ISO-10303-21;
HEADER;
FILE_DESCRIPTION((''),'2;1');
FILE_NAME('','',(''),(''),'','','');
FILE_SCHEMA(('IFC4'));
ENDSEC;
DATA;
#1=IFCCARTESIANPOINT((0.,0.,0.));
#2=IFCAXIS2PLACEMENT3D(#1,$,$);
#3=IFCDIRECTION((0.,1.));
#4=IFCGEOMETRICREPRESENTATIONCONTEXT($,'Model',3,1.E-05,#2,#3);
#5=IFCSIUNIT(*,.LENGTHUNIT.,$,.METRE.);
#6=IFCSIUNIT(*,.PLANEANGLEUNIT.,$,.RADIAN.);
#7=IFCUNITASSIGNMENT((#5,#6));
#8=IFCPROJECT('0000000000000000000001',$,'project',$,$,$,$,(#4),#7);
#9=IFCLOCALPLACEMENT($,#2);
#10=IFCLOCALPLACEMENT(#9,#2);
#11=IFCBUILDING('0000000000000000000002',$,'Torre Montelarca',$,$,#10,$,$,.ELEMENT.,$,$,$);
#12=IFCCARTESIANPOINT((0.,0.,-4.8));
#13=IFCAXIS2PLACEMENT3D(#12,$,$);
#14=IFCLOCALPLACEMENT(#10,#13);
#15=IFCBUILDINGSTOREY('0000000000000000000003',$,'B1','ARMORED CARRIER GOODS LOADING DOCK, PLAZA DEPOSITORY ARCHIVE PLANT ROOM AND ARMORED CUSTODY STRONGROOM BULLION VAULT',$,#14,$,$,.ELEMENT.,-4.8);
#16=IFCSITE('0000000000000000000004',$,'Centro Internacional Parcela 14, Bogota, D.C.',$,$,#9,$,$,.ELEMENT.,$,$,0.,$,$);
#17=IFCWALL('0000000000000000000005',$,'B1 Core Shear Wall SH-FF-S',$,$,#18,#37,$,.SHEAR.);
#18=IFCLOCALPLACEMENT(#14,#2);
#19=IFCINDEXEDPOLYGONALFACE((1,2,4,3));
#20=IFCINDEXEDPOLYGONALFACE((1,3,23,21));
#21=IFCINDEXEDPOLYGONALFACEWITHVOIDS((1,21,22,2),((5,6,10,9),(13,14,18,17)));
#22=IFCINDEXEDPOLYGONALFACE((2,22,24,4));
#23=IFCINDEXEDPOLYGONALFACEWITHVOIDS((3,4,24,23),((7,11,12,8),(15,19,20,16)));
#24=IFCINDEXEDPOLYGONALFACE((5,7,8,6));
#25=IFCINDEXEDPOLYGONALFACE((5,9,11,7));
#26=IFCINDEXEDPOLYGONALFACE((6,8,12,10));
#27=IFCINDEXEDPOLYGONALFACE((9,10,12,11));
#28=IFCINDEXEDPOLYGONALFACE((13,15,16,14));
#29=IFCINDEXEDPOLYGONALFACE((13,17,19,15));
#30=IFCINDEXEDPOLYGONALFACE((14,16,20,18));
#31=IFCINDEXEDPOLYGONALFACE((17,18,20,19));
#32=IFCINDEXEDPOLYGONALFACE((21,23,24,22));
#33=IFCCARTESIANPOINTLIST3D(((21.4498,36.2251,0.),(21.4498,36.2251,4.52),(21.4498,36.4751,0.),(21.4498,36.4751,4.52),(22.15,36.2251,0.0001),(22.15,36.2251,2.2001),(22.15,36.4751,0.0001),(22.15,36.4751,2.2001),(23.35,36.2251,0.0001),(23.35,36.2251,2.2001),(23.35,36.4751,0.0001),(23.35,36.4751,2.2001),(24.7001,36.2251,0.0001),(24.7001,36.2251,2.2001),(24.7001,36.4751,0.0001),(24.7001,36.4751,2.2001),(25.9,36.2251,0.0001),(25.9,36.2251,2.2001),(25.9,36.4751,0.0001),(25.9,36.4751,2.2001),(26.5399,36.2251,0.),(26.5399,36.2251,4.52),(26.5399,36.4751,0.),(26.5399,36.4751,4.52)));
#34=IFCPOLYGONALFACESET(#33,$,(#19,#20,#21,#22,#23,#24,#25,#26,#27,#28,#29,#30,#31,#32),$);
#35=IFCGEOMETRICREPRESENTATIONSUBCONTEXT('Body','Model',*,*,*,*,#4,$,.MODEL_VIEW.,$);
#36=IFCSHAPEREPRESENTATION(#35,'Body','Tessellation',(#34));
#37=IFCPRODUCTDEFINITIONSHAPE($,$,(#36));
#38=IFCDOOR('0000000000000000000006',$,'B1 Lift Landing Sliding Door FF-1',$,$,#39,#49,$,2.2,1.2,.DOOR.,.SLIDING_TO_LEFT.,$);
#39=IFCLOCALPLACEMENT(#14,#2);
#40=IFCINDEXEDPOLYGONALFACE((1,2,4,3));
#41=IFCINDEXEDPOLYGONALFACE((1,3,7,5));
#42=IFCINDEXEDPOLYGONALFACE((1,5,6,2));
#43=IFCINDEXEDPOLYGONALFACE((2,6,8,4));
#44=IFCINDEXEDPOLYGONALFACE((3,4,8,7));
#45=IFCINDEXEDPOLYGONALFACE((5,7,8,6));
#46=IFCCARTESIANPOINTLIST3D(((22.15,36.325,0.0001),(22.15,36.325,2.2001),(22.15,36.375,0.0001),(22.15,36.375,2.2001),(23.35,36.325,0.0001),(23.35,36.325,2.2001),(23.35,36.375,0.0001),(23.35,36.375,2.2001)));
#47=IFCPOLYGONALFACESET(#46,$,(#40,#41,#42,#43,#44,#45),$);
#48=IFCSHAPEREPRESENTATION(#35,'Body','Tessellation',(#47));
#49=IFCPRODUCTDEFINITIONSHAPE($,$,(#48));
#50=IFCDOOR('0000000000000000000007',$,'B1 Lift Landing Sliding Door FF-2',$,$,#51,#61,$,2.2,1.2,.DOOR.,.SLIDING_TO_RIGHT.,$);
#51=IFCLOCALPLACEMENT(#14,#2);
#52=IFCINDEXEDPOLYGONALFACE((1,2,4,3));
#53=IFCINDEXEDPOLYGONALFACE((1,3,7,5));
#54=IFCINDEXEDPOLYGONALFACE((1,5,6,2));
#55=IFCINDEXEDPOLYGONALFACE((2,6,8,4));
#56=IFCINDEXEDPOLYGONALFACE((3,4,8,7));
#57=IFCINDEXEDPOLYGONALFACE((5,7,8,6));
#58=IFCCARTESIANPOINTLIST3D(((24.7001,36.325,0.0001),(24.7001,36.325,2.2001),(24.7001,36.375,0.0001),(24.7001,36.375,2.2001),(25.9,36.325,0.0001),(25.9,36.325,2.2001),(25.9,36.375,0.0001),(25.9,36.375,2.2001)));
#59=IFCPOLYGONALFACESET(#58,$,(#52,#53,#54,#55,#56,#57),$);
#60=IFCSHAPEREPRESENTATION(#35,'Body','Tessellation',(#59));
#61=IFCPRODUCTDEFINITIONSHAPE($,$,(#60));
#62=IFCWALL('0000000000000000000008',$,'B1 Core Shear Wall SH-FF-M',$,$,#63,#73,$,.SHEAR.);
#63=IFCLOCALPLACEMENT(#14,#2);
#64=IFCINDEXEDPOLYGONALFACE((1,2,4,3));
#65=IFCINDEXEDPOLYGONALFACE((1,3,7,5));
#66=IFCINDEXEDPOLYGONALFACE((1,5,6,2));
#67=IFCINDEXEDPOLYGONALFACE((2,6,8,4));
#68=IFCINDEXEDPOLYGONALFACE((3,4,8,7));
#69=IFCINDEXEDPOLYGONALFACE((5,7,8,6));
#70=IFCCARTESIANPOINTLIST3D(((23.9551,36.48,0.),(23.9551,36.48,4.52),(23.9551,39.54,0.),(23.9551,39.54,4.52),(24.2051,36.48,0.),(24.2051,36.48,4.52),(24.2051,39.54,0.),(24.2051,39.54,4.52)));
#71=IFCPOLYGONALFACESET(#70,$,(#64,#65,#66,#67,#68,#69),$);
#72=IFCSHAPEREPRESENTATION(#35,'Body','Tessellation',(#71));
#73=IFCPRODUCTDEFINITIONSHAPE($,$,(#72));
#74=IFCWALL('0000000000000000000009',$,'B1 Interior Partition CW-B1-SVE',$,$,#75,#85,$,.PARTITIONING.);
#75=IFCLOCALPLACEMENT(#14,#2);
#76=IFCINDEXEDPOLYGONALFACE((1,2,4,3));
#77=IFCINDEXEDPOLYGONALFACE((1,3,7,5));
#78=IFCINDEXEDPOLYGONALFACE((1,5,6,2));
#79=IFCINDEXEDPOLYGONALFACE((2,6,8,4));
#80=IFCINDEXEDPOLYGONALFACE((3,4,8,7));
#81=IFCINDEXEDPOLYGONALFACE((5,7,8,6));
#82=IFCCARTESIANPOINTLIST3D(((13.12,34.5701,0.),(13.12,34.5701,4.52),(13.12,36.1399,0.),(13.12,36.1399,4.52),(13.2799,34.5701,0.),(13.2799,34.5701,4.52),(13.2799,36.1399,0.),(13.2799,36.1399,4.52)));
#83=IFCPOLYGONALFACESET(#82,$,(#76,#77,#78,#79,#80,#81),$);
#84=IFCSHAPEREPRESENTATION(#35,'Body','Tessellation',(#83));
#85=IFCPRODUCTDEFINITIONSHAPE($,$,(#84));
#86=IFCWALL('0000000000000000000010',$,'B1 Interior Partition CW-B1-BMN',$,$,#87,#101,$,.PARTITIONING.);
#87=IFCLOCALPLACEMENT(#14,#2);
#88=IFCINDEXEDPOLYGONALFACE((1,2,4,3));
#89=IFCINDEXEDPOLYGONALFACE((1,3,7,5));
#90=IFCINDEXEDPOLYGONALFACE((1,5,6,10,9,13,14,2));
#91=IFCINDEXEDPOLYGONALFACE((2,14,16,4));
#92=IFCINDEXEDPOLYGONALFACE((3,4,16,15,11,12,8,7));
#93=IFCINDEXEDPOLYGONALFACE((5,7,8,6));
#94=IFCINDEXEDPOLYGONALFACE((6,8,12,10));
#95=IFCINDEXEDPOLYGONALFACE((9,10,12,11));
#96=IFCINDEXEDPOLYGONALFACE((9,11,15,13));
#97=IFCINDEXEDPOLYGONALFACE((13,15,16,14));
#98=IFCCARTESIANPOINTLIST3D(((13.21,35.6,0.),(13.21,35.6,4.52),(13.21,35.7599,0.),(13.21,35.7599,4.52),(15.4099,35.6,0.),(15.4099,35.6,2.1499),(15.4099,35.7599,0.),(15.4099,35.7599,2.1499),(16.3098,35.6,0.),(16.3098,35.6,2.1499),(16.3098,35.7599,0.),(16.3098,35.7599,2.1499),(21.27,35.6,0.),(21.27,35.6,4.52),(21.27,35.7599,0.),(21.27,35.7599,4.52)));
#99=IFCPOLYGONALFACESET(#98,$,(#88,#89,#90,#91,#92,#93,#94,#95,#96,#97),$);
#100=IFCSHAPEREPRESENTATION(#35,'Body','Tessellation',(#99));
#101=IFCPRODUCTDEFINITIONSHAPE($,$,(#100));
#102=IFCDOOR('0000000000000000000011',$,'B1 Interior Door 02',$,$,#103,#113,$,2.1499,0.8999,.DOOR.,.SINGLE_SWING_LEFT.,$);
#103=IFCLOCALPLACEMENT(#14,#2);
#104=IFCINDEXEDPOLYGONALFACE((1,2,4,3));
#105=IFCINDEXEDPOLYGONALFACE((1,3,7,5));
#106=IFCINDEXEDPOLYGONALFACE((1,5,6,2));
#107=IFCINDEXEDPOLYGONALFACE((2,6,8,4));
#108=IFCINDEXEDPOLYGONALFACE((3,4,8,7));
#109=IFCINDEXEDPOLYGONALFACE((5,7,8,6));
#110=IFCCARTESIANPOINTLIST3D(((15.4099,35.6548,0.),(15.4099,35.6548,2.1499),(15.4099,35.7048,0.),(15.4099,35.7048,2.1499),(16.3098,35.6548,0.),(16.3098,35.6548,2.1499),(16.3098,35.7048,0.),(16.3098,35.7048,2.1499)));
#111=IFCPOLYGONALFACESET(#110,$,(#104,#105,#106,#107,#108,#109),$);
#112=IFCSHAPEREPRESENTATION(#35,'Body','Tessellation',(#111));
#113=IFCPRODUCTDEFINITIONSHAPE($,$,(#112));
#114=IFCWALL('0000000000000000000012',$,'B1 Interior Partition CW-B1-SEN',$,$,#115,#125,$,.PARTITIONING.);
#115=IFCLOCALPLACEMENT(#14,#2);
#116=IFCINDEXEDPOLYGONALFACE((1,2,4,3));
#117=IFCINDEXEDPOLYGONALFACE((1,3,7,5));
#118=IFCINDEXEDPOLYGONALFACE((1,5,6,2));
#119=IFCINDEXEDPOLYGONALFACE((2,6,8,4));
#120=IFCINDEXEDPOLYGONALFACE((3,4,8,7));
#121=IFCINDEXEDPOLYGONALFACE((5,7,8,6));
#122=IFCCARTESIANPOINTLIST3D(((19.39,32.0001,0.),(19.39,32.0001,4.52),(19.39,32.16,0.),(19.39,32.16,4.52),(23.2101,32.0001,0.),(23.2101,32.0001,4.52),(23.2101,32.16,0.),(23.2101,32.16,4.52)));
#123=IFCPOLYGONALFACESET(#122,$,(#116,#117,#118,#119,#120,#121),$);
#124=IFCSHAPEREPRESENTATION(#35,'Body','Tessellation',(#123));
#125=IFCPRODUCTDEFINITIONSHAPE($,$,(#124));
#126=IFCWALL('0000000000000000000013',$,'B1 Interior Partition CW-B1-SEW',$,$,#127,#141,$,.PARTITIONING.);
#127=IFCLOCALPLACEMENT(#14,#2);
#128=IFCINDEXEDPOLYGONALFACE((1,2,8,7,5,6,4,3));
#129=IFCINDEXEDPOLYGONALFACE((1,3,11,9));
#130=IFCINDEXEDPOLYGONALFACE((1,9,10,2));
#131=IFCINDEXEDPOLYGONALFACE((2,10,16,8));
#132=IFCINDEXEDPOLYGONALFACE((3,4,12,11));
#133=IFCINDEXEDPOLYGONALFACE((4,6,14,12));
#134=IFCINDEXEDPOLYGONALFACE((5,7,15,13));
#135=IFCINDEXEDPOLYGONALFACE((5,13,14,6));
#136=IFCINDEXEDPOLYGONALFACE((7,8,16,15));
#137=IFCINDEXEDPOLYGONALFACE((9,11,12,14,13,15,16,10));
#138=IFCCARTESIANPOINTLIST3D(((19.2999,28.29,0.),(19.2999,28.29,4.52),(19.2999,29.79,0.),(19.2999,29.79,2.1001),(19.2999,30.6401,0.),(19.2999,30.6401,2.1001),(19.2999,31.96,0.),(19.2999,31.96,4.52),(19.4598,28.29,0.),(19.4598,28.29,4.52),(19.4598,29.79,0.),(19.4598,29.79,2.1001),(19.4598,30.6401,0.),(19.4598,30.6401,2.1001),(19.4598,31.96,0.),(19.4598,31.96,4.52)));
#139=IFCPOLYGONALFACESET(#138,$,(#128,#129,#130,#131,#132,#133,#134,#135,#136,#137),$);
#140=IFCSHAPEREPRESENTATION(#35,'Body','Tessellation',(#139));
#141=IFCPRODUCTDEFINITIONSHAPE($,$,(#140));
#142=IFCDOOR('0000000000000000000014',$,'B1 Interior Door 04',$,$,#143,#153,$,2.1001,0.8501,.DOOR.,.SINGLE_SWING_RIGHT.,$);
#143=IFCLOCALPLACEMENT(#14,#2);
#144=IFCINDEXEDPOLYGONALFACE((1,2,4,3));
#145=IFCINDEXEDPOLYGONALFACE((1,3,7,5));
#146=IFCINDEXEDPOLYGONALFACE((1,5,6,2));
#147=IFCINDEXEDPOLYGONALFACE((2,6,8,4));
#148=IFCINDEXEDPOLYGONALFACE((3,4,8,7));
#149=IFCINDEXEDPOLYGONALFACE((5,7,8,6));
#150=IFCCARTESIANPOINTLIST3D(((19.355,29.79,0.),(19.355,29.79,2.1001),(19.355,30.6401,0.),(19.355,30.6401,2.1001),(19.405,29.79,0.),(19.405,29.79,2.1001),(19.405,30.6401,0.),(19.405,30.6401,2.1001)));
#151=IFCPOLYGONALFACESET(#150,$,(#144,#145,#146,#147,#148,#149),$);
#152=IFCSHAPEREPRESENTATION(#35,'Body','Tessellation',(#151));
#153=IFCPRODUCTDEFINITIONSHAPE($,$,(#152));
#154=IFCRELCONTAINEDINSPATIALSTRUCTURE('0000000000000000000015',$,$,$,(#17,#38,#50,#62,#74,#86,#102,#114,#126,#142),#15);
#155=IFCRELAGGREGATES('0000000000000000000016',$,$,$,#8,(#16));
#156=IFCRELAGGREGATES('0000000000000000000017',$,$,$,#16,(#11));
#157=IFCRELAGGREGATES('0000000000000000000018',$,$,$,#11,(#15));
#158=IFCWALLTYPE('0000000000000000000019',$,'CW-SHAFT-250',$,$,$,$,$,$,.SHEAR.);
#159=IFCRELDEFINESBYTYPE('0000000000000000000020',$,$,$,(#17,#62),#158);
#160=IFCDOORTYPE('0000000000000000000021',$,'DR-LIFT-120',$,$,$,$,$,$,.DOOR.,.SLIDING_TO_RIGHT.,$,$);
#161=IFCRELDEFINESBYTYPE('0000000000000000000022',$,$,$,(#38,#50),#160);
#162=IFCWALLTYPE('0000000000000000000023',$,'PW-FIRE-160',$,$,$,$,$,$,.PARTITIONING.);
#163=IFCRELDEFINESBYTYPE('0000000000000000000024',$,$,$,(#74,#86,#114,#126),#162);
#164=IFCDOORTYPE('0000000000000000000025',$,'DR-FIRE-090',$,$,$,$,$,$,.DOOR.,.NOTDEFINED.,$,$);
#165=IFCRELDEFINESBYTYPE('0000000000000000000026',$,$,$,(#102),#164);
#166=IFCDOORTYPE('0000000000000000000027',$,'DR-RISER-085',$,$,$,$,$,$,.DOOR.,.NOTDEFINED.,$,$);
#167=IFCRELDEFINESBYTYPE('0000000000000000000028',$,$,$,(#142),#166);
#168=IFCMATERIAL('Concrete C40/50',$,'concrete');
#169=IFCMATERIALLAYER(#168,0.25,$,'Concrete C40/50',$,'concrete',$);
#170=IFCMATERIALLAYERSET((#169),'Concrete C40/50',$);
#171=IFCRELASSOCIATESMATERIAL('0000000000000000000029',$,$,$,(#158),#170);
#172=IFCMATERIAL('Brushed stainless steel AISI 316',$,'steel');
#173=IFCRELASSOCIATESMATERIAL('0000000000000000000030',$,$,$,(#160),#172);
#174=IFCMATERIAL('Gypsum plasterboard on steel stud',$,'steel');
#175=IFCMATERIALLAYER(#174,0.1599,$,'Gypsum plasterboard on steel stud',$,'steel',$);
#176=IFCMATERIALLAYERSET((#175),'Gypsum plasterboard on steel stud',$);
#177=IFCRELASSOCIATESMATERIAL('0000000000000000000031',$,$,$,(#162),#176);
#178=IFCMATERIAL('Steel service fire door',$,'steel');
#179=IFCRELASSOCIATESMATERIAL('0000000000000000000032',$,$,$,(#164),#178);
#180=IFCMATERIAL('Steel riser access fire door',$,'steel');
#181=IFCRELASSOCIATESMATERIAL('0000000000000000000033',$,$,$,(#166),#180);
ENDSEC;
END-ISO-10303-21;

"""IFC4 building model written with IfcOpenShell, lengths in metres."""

from ifc_helpers import new_model, si_unit, direction, frame, frame_2d, origin, place, context, subcontext, project, spatial, rectangle, extrude, source, transform, mapped, material, layer, layer_set, type_object, element, fill, save


model = new_model("IFC4")

# Units and contexts
model_context = context("Model", 3, precision=1e-05, world=origin(), true_north=direction((0.0, 1.0)))
body_context = subcontext(model_context, "Body", "Model", "MODEL_VIEW")
ifc_project = project(units=[si_unit("LENGTHUNIT", "METRE"), si_unit("PLANEANGLEUNIT", "RADIAN")], contexts=[model_context])

# Site, building, storey
site_placement = place(None, origin())
site = spatial("IfcSite", under=ifc_project, at=site_placement, Name="Centro Internacional Parcela 14, Bogota, D.C.", CompositionType="ELEMENT", RefElevation=0.0)
building_placement = place(site_placement, origin())
building = spatial("IfcBuilding", under=site, at=building_placement, Name="Torre Montelarca", CompositionType="ELEMENT")
storey_placement = place(building_placement, frame((0.0, 0.0, -4.8)))
storey = spatial("IfcBuildingStorey", under=building, at=storey_placement, Name="B1", Description="ARMORED CARRIER GOODS LOADING DOCK, PLAZA DEPOSITORY ARCHIVE PLANT ROOM AND ARMORED CUSTODY STRONGROOM BULLION VAULT", CompositionType="ELEMENT", Elevation=-4.8)

# Shared definitions
ifc_material_1 = material(Name="Concrete C40/50", Category="concrete")
ifc_layer_1 = layer(ifc_material_1, 0.25, Name="Concrete C40/50", Category="concrete")
ifc_layer_set_1 = layer_set([ifc_layer_1], Name="Concrete C40/50")
wall_type_1 = type_object("IfcWallType", Name="CW-SHAFT-250", PredefinedType="SHEAR", material=ifc_layer_set_1)

# Wall, openings, doors
wall_1_placement = place(storey_placement, frame((21.45, 36.3501, 0.0), z_axis=(0.0, 0.0, 1.0), x_axis=(1.0, 0.0, 0.0)))
wall_1 = element("IfcWall", 1, at=wall_1_placement, inside=storey, type_object=wall_type_1, Name="B1 Core Shear Wall SH-FF-S", PredefinedType="SHEAR", context=body_context, shape_type="SweptSolid", body=[
    extrude(rectangle(XDim=5.0901, YDim=0.25, at=frame_2d((2.5449, 0.0))), origin(), (0.0, 0.0, 1.0), 4.52),
])
opening_1_placement = place(wall_1_placement, frame((0.7, 0.0, 0.0)))
opening_1 = element("IfcOpeningElement", 2, at=opening_1_placement, cuts=wall_1, PredefinedType="OPENING", context=body_context, shape_type="SweptSolid", body=[
    extrude(rectangle(XDim=1.2, YDim=2.2, at=frame_2d((0.6001, 1.1001))), frame((0.0, 0.135, 0.0), z_axis=(0.0, -1.0, 0.0), x_axis=(1.0, 0.0, 0.0)), (0.0, 0.0, 1.0), 0.27),
])
opening_2_placement = place(wall_1_placement, frame((3.25, 0.0, 0.0)))
opening_2 = element("IfcOpeningElement", 3, at=opening_2_placement, cuts=wall_1, PredefinedType="OPENING", context=body_context, shape_type="SweptSolid", body=[
    extrude(rectangle(XDim=1.2, YDim=2.2, at=frame_2d((0.6001, 1.1001))), frame((0.0, 0.135, 0.0), z_axis=(0.0, -1.0, 0.0), x_axis=(1.0, 0.0, 0.0)), (0.0, 0.0, 1.0), 0.27),
])
ifc_material_2 = material(Name="Brushed stainless steel AISI 316", Category="steel")
door_type_1 = type_object("IfcDoorType", Name="DR-LIFT-120", OperationType="SLIDING_TO_RIGHT", PredefinedType="DOOR", material=ifc_material_2)
shared_shape_1 = source(origin(), body_context, "Body", "SweptSolid", [
    extrude(rectangle(XDim=1.2, YDim=2.2, at=frame_2d((0.6001, 1.1001))), frame((0.0, 0.0249, 0.0), z_axis=(0.0, -1.0, 0.0), x_axis=(1.0, 0.0, 0.0)), (0.0, 0.0, 1.0), 0.05),
])
door_1_placement = place(opening_1_placement, origin())
door_1 = element("IfcDoor", 4, at=door_1_placement, inside=storey, type_object=door_type_1, Name="B1 Lift Landing Sliding Door FF-1", OperationType="SLIDING_TO_LEFT", OverallHeight=2.2, OverallWidth=1.2, PredefinedType="DOOR", context=body_context, shape_type="MappedRepresentation", body=[
    mapped(shared_shape_1, transform((0.0, 0.0, 0.0), scale=1.0)),
])
fill(opening_1, door_1)
door_2_placement = place(opening_2_placement, origin())
door_2 = element("IfcDoor", 5, at=door_2_placement, inside=storey, type_object=door_type_1, Name="B1 Lift Landing Sliding Door FF-2", OperationType="SLIDING_TO_RIGHT", OverallHeight=2.2, OverallWidth=1.2, PredefinedType="DOOR", context=body_context, shape_type="MappedRepresentation", body=[
    mapped(shared_shape_1, transform((0.0, 0.0, 0.0), scale=1.0)),
])
fill(opening_2, door_2)

# Walls
wall_2_placement = place(storey_placement, frame((24.0801, 36.48, 0.0), z_axis=(0.0, 0.0, 1.0), x_axis=(0.0, 1.0, 0.0)))
element("IfcWall", 6, at=wall_2_placement, inside=storey, type_object=wall_type_1, Name="B1 Core Shear Wall SH-FF-M", PredefinedType="SHEAR", context=body_context, shape_type="SweptSolid", body=[
    extrude(rectangle(XDim=3.0601, YDim=0.25, at=frame_2d((1.53, 0.0))), origin(), (0.0, 0.0, 1.0), 4.52),
])
ifc_material_3 = material(Name="Gypsum plasterboard on steel stud", Category="steel")
ifc_layer_2 = layer(ifc_material_3, 0.1599, Name="Gypsum plasterboard on steel stud", Category="steel")
ifc_layer_set_2 = layer_set([ifc_layer_2], Name="Gypsum plasterboard on steel stud")
wall_type_2 = type_object("IfcWallType", Name="PW-FIRE-160", PredefinedType="PARTITIONING", material=ifc_layer_set_2)
wall_3_placement = place(storey_placement, frame((13.2, 34.5701, 0.0), z_axis=(0.0, 0.0, 1.0), x_axis=(0.0, 1.0, 0.0)))
element("IfcWall", 7, at=wall_3_placement, inside=storey, type_object=wall_type_2, Name="B1 Interior Partition CW-B1-SVE", PredefinedType="PARTITIONING", context=body_context, shape_type="SweptSolid", body=[
    extrude(rectangle(XDim=1.5698, YDim=0.1599, at=frame_2d((0.7849, 0.0))), origin(), (0.0, 0.0, 1.0), 4.52),
])

# Wall, opening, door
wall_4_placement = place(storey_placement, frame((13.21, 35.6799, 0.0), z_axis=(0.0, 0.0, 1.0), x_axis=(1.0, 0.0, 0.0)))
wall_4 = element("IfcWall", 8, at=wall_4_placement, inside=storey, type_object=wall_type_2, Name="B1 Interior Partition CW-B1-BMN", PredefinedType="PARTITIONING", context=body_context, shape_type="SweptSolid", body=[
    extrude(rectangle(XDim=8.0601, YDim=0.1599, at=frame_2d((4.03, 0.0))), origin(), (0.0, 0.0, 1.0), 4.52),
])
opening_3_placement = place(wall_4_placement, frame((2.2, 0.0, 0.0)))
opening_3 = element("IfcOpeningElement", 9, at=opening_3_placement, cuts=wall_4, PredefinedType="OPENING", context=body_context, shape_type="SweptSolid", body=[
    extrude(rectangle(XDim=0.8999, YDim=2.1499, at=frame_2d((0.45, 1.075))), frame((0.0, 0.0898, 0.0), z_axis=(0.0, -1.0, 0.0), x_axis=(1.0, 0.0, 0.0)), (0.0, 0.0, 1.0), 0.1799),
])
ifc_material_4 = material(Name="Steel service fire door", Category="steel")
door_type_2 = type_object("IfcDoorType", Name="DR-FIRE-090", OperationType="NOTDEFINED", PredefinedType="DOOR", material=ifc_material_4)
shared_shape_2 = source(origin(), body_context, "Body", "SweptSolid", [
    extrude(rectangle(XDim=0.8999, YDim=2.1499, at=frame_2d((0.45, 1.075))), frame((0.0, 0.0249, 0.0), z_axis=(0.0, -1.0, 0.0), x_axis=(1.0, 0.0, 0.0)), (0.0, 0.0, 1.0), 0.05),
])
door_3_placement = place(opening_3_placement, origin())
door_3 = element("IfcDoor", 10, at=door_3_placement, inside=storey, type_object=door_type_2, Name="B1 Interior Door 02", OperationType="SINGLE_SWING_LEFT", OverallHeight=2.1499, OverallWidth=0.8999, PredefinedType="DOOR", context=body_context, shape_type="MappedRepresentation", body=[
    mapped(shared_shape_2, transform((0.0, 0.0, 0.0), scale=1.0)),
])
fill(opening_3, door_3)

# Wall
wall_5_placement = place(storey_placement, frame((19.3899, 32.0801, 0.0), z_axis=(0.0, 0.0, 1.0), x_axis=(1.0, 0.0, 0.0)))
element("IfcWall", 11, at=wall_5_placement, inside=storey, type_object=wall_type_2, Name="B1 Interior Partition CW-B1-SEN", PredefinedType="PARTITIONING", context=body_context, shape_type="SweptSolid", body=[
    extrude(rectangle(XDim=3.8201, YDim=0.1599, at=frame_2d((1.9102, 0.0))), origin(), (0.0, 0.0, 1.0), 4.52),
])

# Wall, opening, door
wall_6_placement = place(storey_placement, frame((19.3799, 28.29, 0.0), z_axis=(0.0, 0.0, 1.0), x_axis=(0.0, 1.0, 0.0)))
wall_6 = element("IfcWall", 12, at=wall_6_placement, inside=storey, type_object=wall_type_2, Name="B1 Interior Partition CW-B1-SEW", PredefinedType="PARTITIONING", context=body_context, shape_type="SweptSolid", body=[
    extrude(rectangle(XDim=3.6699, YDim=0.1599, at=frame_2d((1.835, 0.0))), origin(), (0.0, 0.0, 1.0), 4.52),
])
opening_4_placement = place(wall_6_placement, frame((1.5, 0.0, 0.0)))
opening_4 = element("IfcOpeningElement", 13, at=opening_4_placement, cuts=wall_6, PredefinedType="OPENING", context=body_context, shape_type="SweptSolid", body=[
    extrude(rectangle(XDim=0.8501, YDim=2.1001, at=frame_2d((0.425, 1.05))), frame((0.0, 0.0898, 0.0), z_axis=(0.0, -1.0, 0.0), x_axis=(1.0, 0.0, 0.0)), (0.0, 0.0, 1.0), 0.1799),
])
ifc_material_5 = material(Name="Steel riser access fire door", Category="steel")
door_type_3 = type_object("IfcDoorType", Name="DR-RISER-085", OperationType="NOTDEFINED", PredefinedType="DOOR", material=ifc_material_5)
shared_shape_3 = source(origin(), body_context, "Body", "SweptSolid", [
    extrude(rectangle(XDim=0.8501, YDim=2.1001, at=frame_2d((0.425, 1.05))), frame((0.0, 0.0249, 0.0), z_axis=(0.0, -1.0, 0.0), x_axis=(1.0, 0.0, 0.0)), (0.0, 0.0, 1.0), 0.05),
])
door_4_placement = place(opening_4_placement, origin())
door_4 = element("IfcDoor", 14, at=door_4_placement, inside=storey, type_object=door_type_3, Name="B1 Interior Door 04", OperationType="SINGLE_SWING_RIGHT", OverallHeight=2.1001, OverallWidth=0.8501, PredefinedType="DOOR", context=body_context, shape_type="MappedRepresentation", body=[
    mapped(shared_shape_3, transform((0.0, 0.0, 0.0), scale=1.0)),
])
fill(opening_4, door_4)

save(model, "model.ifc")
